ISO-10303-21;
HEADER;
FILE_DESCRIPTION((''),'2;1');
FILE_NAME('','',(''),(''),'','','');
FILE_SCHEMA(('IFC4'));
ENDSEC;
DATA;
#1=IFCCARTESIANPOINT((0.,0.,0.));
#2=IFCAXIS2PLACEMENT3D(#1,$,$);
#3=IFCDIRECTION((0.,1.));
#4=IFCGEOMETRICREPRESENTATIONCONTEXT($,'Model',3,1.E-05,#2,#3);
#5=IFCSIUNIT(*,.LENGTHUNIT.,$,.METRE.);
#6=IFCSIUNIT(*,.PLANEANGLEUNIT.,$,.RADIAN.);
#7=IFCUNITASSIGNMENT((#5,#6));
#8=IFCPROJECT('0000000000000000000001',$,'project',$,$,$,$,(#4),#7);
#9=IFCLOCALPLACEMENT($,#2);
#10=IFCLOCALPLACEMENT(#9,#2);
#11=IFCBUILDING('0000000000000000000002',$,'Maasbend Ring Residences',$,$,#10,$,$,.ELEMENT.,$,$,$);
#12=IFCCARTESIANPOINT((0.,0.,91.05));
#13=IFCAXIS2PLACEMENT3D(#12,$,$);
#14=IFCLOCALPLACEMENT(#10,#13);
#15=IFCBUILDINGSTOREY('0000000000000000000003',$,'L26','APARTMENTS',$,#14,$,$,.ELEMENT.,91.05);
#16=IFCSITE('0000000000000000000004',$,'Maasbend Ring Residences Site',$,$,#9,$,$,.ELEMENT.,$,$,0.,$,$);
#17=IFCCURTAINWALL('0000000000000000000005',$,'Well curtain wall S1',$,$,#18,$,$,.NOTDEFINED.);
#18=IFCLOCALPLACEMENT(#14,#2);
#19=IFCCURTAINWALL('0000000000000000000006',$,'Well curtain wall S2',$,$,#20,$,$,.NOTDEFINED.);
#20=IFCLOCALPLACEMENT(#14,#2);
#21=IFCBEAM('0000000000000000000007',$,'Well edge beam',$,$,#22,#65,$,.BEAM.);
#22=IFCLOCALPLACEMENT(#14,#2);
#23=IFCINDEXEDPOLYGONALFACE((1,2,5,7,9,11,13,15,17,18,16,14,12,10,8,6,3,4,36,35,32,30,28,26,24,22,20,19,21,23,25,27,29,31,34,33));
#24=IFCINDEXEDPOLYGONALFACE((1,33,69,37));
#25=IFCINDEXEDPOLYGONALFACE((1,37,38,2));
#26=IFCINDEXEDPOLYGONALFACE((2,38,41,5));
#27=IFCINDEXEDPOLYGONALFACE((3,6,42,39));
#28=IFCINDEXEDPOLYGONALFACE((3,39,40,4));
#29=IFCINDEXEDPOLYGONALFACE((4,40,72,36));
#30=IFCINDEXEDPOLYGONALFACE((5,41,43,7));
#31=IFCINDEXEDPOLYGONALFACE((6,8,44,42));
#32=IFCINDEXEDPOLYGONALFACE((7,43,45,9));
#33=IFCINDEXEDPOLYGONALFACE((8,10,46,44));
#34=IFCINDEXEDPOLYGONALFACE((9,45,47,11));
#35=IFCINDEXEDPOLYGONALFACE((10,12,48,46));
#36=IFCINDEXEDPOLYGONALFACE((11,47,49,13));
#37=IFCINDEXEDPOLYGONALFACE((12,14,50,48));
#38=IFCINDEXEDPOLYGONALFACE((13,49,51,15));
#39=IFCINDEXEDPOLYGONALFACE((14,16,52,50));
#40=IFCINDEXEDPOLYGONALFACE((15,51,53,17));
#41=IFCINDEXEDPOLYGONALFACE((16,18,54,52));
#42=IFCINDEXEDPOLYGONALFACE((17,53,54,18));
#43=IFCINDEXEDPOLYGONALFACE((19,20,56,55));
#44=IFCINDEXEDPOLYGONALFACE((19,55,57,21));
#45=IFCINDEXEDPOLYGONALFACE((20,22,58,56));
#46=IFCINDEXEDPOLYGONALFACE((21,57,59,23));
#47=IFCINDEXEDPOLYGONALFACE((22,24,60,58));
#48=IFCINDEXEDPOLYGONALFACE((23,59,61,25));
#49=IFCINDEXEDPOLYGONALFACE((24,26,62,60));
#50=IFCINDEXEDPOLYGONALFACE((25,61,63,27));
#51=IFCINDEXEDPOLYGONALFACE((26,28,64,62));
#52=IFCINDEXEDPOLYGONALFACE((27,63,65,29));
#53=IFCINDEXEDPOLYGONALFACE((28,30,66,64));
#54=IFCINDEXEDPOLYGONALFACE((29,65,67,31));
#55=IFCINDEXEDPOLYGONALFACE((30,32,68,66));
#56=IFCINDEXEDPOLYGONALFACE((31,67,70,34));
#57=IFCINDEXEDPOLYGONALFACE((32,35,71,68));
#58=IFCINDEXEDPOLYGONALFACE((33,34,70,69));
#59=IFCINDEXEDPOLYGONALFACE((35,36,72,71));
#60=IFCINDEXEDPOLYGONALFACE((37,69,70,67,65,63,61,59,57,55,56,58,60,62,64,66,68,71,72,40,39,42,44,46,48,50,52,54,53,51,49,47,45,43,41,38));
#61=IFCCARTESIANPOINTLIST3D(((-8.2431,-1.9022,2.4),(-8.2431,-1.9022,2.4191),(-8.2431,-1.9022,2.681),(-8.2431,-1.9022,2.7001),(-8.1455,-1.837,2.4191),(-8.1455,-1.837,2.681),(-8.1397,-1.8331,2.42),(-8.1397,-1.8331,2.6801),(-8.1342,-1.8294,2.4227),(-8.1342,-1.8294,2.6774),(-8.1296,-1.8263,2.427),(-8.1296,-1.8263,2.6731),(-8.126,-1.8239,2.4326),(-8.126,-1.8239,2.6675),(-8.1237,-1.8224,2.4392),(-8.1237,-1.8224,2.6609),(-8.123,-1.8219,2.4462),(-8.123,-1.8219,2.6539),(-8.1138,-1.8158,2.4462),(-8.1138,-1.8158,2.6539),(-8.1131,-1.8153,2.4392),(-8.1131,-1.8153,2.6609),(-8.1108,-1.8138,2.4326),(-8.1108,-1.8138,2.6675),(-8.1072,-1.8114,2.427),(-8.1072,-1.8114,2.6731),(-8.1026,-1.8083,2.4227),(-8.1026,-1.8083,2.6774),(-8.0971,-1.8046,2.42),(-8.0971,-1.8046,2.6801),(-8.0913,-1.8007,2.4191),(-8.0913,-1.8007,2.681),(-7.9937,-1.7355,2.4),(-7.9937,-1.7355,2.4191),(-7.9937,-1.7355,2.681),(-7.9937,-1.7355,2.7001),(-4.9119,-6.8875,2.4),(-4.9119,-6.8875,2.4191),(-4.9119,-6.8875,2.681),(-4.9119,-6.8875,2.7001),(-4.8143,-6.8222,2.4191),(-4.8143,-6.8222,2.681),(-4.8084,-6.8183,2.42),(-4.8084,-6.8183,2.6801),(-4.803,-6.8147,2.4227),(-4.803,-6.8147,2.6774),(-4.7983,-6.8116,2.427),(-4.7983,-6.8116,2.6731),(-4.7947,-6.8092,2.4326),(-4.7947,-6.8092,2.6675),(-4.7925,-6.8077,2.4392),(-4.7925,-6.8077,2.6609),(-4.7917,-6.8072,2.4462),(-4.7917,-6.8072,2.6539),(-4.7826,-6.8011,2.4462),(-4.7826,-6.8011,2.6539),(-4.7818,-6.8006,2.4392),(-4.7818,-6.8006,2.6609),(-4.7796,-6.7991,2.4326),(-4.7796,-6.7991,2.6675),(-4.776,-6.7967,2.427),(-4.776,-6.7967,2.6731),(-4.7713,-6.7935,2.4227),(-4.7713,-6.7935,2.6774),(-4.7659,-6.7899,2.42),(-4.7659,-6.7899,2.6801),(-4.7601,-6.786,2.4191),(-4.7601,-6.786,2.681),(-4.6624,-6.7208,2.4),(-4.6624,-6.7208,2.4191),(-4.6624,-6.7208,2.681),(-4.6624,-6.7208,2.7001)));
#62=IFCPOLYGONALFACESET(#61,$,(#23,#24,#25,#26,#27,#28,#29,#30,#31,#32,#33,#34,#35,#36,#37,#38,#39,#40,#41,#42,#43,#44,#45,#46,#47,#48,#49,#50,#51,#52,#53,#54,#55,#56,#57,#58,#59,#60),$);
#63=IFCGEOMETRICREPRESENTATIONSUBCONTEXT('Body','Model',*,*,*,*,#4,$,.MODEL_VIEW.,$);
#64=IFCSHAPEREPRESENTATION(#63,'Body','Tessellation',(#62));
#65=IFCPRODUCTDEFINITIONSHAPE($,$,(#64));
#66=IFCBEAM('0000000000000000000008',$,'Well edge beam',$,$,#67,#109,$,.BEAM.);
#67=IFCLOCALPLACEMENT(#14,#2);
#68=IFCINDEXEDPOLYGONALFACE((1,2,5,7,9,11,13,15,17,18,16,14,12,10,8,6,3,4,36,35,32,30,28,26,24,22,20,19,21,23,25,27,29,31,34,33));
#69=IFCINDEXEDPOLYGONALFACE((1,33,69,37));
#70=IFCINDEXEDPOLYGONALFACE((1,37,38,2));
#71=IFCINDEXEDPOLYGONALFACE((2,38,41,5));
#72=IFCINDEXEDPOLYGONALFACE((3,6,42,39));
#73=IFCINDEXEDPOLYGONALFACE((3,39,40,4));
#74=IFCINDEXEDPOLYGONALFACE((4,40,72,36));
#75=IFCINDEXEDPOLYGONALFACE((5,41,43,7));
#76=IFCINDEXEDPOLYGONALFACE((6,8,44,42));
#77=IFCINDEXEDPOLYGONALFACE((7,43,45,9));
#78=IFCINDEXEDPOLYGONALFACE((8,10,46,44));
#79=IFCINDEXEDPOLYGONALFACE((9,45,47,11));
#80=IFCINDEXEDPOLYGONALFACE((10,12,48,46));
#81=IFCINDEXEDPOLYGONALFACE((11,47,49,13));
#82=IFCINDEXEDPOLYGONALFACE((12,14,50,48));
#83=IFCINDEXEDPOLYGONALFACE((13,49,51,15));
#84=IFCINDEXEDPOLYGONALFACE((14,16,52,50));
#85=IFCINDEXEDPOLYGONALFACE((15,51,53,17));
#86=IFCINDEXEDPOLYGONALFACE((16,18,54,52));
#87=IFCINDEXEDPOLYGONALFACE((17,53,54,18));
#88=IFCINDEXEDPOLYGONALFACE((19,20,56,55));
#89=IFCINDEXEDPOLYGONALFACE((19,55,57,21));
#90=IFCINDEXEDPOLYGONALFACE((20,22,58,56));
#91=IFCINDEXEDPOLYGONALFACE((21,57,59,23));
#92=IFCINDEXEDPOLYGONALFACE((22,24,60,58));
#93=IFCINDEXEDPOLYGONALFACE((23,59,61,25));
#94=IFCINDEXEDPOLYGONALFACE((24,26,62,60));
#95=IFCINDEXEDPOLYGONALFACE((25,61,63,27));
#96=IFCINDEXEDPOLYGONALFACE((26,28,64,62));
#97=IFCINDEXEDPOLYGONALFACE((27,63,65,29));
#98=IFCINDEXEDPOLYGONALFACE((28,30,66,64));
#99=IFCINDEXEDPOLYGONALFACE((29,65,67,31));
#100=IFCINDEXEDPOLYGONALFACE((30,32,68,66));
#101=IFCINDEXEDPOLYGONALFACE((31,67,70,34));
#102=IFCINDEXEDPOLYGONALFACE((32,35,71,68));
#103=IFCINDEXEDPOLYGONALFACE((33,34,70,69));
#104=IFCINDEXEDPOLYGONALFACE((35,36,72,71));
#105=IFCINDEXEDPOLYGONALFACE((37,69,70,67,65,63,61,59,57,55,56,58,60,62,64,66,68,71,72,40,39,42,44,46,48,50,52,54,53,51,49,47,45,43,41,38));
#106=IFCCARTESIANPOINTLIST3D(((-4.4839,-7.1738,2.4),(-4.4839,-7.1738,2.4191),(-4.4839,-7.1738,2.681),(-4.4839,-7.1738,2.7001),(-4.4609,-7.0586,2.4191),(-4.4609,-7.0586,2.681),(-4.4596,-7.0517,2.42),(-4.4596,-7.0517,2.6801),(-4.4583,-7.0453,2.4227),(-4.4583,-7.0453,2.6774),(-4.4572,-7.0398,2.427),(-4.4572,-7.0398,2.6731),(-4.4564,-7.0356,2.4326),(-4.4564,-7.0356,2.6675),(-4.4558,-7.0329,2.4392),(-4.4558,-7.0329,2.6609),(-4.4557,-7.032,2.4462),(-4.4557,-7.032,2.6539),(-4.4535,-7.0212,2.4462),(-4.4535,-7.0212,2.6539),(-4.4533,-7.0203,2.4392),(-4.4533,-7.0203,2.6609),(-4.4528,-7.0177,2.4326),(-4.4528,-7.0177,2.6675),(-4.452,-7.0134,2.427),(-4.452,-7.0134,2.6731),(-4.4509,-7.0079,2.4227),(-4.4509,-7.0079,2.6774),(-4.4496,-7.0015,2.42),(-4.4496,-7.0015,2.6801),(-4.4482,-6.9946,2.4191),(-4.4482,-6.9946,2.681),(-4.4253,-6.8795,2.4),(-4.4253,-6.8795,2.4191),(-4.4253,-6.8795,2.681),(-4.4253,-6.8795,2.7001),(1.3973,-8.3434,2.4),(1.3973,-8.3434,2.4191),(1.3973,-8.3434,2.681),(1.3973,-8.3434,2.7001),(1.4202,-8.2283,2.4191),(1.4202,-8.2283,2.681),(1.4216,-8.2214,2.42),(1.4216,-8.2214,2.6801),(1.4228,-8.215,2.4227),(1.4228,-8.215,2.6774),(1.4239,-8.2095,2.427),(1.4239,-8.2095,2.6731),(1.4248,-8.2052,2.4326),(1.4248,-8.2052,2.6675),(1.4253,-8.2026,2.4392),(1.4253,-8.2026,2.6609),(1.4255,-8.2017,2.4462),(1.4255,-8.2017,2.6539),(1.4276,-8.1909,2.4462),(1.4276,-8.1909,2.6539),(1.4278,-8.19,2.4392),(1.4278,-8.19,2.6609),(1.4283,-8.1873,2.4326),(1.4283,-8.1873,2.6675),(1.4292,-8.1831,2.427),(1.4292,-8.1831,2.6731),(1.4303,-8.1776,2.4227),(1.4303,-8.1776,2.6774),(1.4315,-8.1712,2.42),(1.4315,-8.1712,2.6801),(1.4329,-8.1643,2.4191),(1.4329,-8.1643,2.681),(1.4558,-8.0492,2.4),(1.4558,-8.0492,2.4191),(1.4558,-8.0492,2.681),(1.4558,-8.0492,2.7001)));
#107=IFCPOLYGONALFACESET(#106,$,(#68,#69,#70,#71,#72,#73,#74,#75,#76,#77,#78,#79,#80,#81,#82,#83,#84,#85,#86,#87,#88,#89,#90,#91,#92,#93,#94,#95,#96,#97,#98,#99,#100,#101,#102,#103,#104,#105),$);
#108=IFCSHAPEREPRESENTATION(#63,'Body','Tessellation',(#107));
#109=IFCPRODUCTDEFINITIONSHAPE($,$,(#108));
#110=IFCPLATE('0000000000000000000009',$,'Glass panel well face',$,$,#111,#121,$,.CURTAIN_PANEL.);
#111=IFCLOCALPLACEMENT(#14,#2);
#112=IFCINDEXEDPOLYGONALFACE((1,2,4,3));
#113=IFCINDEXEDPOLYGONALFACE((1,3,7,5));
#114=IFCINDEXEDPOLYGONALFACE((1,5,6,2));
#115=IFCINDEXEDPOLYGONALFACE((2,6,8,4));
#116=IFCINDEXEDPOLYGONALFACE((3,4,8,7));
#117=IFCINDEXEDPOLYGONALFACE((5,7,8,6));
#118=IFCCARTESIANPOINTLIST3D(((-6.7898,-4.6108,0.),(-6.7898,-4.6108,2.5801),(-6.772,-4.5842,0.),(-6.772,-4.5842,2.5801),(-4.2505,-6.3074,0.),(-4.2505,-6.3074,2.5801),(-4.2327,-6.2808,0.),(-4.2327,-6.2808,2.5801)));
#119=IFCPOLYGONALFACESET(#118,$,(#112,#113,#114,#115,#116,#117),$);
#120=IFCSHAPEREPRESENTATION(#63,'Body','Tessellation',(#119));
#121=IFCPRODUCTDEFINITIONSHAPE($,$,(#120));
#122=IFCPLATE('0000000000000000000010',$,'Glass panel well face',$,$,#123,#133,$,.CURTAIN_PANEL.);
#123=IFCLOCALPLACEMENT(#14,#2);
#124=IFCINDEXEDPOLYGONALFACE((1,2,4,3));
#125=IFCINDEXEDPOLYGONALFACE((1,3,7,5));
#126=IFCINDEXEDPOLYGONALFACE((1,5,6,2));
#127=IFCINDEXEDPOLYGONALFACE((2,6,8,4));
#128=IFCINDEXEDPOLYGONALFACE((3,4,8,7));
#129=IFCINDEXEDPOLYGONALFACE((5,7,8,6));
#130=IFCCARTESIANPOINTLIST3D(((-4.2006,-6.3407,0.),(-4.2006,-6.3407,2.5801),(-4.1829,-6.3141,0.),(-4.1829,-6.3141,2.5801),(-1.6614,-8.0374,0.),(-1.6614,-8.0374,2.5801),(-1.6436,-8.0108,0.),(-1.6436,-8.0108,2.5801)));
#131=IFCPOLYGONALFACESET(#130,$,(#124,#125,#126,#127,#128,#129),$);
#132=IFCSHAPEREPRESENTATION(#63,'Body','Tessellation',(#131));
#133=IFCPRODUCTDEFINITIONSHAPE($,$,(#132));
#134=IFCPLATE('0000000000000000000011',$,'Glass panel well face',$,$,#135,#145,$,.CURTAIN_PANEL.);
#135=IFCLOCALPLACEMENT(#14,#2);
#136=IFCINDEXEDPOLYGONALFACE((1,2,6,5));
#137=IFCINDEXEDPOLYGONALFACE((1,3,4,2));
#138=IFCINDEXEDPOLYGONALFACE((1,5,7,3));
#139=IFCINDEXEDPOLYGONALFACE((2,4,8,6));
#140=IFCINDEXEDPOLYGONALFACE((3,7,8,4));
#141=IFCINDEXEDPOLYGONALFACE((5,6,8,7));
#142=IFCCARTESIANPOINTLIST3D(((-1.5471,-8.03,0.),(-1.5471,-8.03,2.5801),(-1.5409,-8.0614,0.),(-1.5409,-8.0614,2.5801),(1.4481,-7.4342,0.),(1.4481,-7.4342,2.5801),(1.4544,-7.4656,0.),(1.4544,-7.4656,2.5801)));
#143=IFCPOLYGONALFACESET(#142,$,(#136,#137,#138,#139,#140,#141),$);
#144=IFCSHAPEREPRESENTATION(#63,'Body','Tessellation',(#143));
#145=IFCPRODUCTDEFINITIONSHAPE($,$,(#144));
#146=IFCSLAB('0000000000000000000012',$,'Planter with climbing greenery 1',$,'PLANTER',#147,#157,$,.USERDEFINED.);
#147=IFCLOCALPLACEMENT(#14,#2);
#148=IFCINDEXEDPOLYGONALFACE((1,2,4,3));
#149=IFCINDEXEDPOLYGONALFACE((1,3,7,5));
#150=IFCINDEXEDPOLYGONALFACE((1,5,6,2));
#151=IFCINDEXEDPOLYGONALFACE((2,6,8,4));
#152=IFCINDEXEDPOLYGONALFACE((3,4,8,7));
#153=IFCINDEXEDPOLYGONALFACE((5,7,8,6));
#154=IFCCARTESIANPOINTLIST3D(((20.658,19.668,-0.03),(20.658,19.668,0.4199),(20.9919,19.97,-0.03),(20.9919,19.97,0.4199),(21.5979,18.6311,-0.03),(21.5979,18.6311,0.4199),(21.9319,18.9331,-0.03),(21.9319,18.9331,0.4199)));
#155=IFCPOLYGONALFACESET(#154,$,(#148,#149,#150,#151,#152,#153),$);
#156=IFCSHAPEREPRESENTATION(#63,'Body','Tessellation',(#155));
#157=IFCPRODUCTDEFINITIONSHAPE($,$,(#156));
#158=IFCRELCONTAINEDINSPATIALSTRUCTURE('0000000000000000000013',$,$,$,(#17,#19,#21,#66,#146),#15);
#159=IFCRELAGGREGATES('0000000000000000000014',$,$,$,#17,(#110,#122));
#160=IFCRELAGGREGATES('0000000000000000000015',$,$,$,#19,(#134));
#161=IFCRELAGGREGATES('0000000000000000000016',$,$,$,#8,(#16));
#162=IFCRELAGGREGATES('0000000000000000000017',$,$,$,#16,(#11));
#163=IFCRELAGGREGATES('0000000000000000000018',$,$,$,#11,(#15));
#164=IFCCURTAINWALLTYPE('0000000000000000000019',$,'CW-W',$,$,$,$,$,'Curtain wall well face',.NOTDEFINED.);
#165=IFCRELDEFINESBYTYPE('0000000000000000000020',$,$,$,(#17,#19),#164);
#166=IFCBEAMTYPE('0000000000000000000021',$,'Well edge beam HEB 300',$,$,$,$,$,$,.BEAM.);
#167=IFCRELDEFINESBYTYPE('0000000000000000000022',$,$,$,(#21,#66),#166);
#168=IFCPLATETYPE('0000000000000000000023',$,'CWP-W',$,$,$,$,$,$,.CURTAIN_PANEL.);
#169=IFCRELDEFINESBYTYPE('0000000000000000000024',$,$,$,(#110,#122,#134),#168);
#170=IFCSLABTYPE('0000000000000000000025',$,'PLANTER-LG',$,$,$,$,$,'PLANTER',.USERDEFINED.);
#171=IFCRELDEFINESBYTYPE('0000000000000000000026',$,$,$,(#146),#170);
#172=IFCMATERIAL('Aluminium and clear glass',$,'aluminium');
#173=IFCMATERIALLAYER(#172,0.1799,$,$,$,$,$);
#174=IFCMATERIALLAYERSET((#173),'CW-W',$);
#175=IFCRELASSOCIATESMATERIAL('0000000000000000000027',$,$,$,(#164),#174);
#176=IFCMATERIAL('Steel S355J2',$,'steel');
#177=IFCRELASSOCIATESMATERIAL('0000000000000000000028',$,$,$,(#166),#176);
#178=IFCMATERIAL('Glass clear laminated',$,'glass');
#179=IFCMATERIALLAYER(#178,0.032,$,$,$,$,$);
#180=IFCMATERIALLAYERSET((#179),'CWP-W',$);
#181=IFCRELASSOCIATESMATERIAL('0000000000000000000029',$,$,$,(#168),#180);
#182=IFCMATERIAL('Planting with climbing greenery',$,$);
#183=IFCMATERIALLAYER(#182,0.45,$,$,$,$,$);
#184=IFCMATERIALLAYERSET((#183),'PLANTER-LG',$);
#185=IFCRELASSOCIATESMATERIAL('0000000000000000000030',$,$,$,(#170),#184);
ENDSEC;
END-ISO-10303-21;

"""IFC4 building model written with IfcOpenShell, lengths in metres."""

from ifc_helpers import new_model, si_unit, direction, frame, origin, origin_2d, place, context, subcontext, project, spatial, polyline, rectangle, i_section, outline, extrude, material, layer, layer_set, material_profile, profile_set, type_object, element, aggregate, save


model = new_model("IFC4")

# Units and contexts
model_context = context("Model", 3, precision=1e-05, world=origin(), true_north=direction((0.0, 1.0)))
body_context = subcontext(model_context, "Body", "Model", "MODEL_VIEW")
ifc_project = project(units=[si_unit("LENGTHUNIT", "METRE"), si_unit("PLANEANGLEUNIT", "RADIAN")], contexts=[model_context])

# Site, building, storey
site_placement = place(None, origin())
site = spatial("IfcSite", under=ifc_project, at=site_placement, Name="Maasbend Ring Residences Site", CompositionType="ELEMENT", RefElevation=0.0)
building_placement = place(site_placement, origin())
building = spatial("IfcBuilding", under=site, at=building_placement, Name="Maasbend Ring Residences", CompositionType="ELEMENT")
storey_placement = place(building_placement, frame((0.0, 0.0, 91.05)))
storey = spatial("IfcBuildingStorey", under=building, at=storey_placement, Name="L26", Description="APARTMENTS", CompositionType="ELEMENT", Elevation=91.05)

# Curtain wall
ifc_material_1 = material(Name="Aluminium and clear glass", Category="aluminium")
ifc_layer_1 = layer(ifc_material_1, 0.1799)
ifc_layer_set_1 = layer_set([ifc_layer_1], Name="CW-W")
curtain_wall_type = type_object("IfcCurtainWallType", Name="CW-W", ElementType="Curtain wall well face", PredefinedType="NOTDEFINED", material=ifc_layer_set_1)
curtain_wall_1_placement = place(storey_placement, origin())
curtain_wall_1 = element("IfcCurtainWall", 1, at=curtain_wall_1_placement, inside=storey, type_object=curtain_wall_type, Name="Well curtain wall S1", PredefinedType="NOTDEFINED")

# Curtain wall
curtain_wall_2_placement = place(storey_placement, origin())
curtain_wall_2 = element("IfcCurtainWall", 2, at=curtain_wall_2_placement, inside=storey, type_object=curtain_wall_type, Name="Well curtain wall S2", PredefinedType="NOTDEFINED")

# Beams
ifc_material_2 = material(Name="Steel S355J2", Category="steel")
ifc_material_profile_1 = material_profile(ifc_material_2, i_section(OverallWidth=0.3, OverallDepth=0.3, WebThickness=0.011, FlangeThickness=0.019, FilletRadius=0.0271, at=origin_2d()), Name="HEB 300")
ifc_profile_set_1 = profile_set([ifc_material_profile_1], Name="Steel S355J2")
beam_type = type_object("IfcBeamType", Name="Well edge beam HEB 300", PredefinedType="BEAM", material=ifc_profile_set_1)
beam_1_placement = place(storey_placement, frame((-8.1184, -1.8188, 2.55), z_axis=(0.555593, -0.831455, 0.0), x_axis=(0.831455, 0.555593, 0.0)))
element("IfcBeam", 3, at=beam_1_placement, inside=storey, type_object=beam_type, Name="Well edge beam", PredefinedType="BEAM", context=body_context, shape_type="SweptSolid", body=[
    extrude(i_section(OverallWidth=0.3, OverallDepth=0.3, WebThickness=0.011, FlangeThickness=0.019, FilletRadius=0.0271, at=origin_2d()), origin(), (0.0, 0.0, 1.0), 5.9958),
])
beam_2_placement = place(storey_placement, frame((-4.4546, -7.0266, 2.55), z_axis=(0.98079, -0.195067, 0.0), x_axis=(0.195067, 0.98079, 0.0)))
element("IfcBeam", 4, at=beam_2_placement, inside=storey, type_object=beam_type, Name="Well edge beam", PredefinedType="BEAM", context=body_context, shape_type="SweptSolid", body=[
    extrude(i_section(OverallWidth=0.3, OverallDepth=0.3, WebThickness=0.011, FlangeThickness=0.019, FilletRadius=0.0271, at=origin_2d()), origin(), (0.0, 0.0, 1.0), 5.9963),
])

# Plates
ifc_material_3 = material(Name="Glass clear laminated", Category="glass")
ifc_layer_2 = layer(ifc_material_3, 0.032)
ifc_layer_set_2 = layer_set([ifc_layer_2], Name="CWP-W")
plate_type = type_object("IfcPlateType", Name="CWP-W", PredefinedType="CURTAIN_PANEL", material=ifc_layer_set_2)
plate_1_placement = place(storey_placement, frame((-5.5112, -5.4458, 0.0), z_axis=(0.0, 0.0, 1.0), x_axis=(0.83147, -0.55557, 0.0)))
plate_1 = element("IfcPlate", 5, at=plate_1_placement, type_object=plate_type, Name="Glass panel well face", PredefinedType="CURTAIN_PANEL", context=body_context, shape_type="SweptSolid", body=[
    extrude(rectangle(XDim=3.054, YDim=0.032, at=origin_2d()), origin(), (0.0, 0.0, 1.0), 2.5801),
])
plate_2_placement = place(storey_placement, frame((-2.9221, -7.1758, 0.0), z_axis=(0.0, 0.0, 1.0), x_axis=(0.83147, -0.55557, 0.0)))
plate_2 = element("IfcPlate", 6, at=plate_2_placement, type_object=plate_type, Name="Glass panel well face", PredefinedType="CURTAIN_PANEL", context=body_context, shape_type="SweptSolid", body=[
    extrude(rectangle(XDim=3.054, YDim=0.032, at=origin_2d()), origin(), (0.0, 0.0, 1.0), 2.5801),
])
aggregate(curtain_wall_1, [plate_1, plate_2])
plate_3_placement = place(storey_placement, frame((-0.0464, -7.7478, 0.0), z_axis=(0.0, 0.0, 1.0), x_axis=(0.980785, 0.19509, 0.0)))
plate_3 = element("IfcPlate", 7, at=plate_3_placement, type_object=plate_type, Name="Glass panel well face", PredefinedType="CURTAIN_PANEL", context=body_context, shape_type="SweptSolid", body=[
    extrude(rectangle(XDim=3.054, YDim=0.032, at=origin_2d()), origin(), (0.0, 0.0, 1.0), 2.5801),
])
aggregate(curtain_wall_2, [plate_3])

# Slab
ifc_material_4 = material(Name="Planting with climbing greenery")
ifc_layer_3 = layer(ifc_material_4, 0.45)
ifc_layer_set_3 = layer_set([ifc_layer_3], Name="PLANTER-LG")
slab_type_1 = type_object("IfcSlabType", Name="PLANTER-LG", ElementType="PLANTER", PredefinedType="USERDEFINED", material=ifc_layer_set_3)
slab_1_placement = place(storey_placement, frame((0.0, 0.0, -0.03)))
element("IfcSlab", 8, at=slab_1_placement, inside=storey, type_object=slab_type_1, Name="Planter with climbing greenery 1", ObjectType="PLANTER", PredefinedType="USERDEFINED", context=body_context, shape_type="SweptSolid", body=[
    extrude(outline(polyline([(21.9319, 18.9331), (20.9919, 19.97), (20.658, 19.668), (21.5979, 18.6311), (21.9319, 18.9331)])), origin(), (0.0, 0.0, 1.0), 0.45),
])

save(model, "model.ifc")
